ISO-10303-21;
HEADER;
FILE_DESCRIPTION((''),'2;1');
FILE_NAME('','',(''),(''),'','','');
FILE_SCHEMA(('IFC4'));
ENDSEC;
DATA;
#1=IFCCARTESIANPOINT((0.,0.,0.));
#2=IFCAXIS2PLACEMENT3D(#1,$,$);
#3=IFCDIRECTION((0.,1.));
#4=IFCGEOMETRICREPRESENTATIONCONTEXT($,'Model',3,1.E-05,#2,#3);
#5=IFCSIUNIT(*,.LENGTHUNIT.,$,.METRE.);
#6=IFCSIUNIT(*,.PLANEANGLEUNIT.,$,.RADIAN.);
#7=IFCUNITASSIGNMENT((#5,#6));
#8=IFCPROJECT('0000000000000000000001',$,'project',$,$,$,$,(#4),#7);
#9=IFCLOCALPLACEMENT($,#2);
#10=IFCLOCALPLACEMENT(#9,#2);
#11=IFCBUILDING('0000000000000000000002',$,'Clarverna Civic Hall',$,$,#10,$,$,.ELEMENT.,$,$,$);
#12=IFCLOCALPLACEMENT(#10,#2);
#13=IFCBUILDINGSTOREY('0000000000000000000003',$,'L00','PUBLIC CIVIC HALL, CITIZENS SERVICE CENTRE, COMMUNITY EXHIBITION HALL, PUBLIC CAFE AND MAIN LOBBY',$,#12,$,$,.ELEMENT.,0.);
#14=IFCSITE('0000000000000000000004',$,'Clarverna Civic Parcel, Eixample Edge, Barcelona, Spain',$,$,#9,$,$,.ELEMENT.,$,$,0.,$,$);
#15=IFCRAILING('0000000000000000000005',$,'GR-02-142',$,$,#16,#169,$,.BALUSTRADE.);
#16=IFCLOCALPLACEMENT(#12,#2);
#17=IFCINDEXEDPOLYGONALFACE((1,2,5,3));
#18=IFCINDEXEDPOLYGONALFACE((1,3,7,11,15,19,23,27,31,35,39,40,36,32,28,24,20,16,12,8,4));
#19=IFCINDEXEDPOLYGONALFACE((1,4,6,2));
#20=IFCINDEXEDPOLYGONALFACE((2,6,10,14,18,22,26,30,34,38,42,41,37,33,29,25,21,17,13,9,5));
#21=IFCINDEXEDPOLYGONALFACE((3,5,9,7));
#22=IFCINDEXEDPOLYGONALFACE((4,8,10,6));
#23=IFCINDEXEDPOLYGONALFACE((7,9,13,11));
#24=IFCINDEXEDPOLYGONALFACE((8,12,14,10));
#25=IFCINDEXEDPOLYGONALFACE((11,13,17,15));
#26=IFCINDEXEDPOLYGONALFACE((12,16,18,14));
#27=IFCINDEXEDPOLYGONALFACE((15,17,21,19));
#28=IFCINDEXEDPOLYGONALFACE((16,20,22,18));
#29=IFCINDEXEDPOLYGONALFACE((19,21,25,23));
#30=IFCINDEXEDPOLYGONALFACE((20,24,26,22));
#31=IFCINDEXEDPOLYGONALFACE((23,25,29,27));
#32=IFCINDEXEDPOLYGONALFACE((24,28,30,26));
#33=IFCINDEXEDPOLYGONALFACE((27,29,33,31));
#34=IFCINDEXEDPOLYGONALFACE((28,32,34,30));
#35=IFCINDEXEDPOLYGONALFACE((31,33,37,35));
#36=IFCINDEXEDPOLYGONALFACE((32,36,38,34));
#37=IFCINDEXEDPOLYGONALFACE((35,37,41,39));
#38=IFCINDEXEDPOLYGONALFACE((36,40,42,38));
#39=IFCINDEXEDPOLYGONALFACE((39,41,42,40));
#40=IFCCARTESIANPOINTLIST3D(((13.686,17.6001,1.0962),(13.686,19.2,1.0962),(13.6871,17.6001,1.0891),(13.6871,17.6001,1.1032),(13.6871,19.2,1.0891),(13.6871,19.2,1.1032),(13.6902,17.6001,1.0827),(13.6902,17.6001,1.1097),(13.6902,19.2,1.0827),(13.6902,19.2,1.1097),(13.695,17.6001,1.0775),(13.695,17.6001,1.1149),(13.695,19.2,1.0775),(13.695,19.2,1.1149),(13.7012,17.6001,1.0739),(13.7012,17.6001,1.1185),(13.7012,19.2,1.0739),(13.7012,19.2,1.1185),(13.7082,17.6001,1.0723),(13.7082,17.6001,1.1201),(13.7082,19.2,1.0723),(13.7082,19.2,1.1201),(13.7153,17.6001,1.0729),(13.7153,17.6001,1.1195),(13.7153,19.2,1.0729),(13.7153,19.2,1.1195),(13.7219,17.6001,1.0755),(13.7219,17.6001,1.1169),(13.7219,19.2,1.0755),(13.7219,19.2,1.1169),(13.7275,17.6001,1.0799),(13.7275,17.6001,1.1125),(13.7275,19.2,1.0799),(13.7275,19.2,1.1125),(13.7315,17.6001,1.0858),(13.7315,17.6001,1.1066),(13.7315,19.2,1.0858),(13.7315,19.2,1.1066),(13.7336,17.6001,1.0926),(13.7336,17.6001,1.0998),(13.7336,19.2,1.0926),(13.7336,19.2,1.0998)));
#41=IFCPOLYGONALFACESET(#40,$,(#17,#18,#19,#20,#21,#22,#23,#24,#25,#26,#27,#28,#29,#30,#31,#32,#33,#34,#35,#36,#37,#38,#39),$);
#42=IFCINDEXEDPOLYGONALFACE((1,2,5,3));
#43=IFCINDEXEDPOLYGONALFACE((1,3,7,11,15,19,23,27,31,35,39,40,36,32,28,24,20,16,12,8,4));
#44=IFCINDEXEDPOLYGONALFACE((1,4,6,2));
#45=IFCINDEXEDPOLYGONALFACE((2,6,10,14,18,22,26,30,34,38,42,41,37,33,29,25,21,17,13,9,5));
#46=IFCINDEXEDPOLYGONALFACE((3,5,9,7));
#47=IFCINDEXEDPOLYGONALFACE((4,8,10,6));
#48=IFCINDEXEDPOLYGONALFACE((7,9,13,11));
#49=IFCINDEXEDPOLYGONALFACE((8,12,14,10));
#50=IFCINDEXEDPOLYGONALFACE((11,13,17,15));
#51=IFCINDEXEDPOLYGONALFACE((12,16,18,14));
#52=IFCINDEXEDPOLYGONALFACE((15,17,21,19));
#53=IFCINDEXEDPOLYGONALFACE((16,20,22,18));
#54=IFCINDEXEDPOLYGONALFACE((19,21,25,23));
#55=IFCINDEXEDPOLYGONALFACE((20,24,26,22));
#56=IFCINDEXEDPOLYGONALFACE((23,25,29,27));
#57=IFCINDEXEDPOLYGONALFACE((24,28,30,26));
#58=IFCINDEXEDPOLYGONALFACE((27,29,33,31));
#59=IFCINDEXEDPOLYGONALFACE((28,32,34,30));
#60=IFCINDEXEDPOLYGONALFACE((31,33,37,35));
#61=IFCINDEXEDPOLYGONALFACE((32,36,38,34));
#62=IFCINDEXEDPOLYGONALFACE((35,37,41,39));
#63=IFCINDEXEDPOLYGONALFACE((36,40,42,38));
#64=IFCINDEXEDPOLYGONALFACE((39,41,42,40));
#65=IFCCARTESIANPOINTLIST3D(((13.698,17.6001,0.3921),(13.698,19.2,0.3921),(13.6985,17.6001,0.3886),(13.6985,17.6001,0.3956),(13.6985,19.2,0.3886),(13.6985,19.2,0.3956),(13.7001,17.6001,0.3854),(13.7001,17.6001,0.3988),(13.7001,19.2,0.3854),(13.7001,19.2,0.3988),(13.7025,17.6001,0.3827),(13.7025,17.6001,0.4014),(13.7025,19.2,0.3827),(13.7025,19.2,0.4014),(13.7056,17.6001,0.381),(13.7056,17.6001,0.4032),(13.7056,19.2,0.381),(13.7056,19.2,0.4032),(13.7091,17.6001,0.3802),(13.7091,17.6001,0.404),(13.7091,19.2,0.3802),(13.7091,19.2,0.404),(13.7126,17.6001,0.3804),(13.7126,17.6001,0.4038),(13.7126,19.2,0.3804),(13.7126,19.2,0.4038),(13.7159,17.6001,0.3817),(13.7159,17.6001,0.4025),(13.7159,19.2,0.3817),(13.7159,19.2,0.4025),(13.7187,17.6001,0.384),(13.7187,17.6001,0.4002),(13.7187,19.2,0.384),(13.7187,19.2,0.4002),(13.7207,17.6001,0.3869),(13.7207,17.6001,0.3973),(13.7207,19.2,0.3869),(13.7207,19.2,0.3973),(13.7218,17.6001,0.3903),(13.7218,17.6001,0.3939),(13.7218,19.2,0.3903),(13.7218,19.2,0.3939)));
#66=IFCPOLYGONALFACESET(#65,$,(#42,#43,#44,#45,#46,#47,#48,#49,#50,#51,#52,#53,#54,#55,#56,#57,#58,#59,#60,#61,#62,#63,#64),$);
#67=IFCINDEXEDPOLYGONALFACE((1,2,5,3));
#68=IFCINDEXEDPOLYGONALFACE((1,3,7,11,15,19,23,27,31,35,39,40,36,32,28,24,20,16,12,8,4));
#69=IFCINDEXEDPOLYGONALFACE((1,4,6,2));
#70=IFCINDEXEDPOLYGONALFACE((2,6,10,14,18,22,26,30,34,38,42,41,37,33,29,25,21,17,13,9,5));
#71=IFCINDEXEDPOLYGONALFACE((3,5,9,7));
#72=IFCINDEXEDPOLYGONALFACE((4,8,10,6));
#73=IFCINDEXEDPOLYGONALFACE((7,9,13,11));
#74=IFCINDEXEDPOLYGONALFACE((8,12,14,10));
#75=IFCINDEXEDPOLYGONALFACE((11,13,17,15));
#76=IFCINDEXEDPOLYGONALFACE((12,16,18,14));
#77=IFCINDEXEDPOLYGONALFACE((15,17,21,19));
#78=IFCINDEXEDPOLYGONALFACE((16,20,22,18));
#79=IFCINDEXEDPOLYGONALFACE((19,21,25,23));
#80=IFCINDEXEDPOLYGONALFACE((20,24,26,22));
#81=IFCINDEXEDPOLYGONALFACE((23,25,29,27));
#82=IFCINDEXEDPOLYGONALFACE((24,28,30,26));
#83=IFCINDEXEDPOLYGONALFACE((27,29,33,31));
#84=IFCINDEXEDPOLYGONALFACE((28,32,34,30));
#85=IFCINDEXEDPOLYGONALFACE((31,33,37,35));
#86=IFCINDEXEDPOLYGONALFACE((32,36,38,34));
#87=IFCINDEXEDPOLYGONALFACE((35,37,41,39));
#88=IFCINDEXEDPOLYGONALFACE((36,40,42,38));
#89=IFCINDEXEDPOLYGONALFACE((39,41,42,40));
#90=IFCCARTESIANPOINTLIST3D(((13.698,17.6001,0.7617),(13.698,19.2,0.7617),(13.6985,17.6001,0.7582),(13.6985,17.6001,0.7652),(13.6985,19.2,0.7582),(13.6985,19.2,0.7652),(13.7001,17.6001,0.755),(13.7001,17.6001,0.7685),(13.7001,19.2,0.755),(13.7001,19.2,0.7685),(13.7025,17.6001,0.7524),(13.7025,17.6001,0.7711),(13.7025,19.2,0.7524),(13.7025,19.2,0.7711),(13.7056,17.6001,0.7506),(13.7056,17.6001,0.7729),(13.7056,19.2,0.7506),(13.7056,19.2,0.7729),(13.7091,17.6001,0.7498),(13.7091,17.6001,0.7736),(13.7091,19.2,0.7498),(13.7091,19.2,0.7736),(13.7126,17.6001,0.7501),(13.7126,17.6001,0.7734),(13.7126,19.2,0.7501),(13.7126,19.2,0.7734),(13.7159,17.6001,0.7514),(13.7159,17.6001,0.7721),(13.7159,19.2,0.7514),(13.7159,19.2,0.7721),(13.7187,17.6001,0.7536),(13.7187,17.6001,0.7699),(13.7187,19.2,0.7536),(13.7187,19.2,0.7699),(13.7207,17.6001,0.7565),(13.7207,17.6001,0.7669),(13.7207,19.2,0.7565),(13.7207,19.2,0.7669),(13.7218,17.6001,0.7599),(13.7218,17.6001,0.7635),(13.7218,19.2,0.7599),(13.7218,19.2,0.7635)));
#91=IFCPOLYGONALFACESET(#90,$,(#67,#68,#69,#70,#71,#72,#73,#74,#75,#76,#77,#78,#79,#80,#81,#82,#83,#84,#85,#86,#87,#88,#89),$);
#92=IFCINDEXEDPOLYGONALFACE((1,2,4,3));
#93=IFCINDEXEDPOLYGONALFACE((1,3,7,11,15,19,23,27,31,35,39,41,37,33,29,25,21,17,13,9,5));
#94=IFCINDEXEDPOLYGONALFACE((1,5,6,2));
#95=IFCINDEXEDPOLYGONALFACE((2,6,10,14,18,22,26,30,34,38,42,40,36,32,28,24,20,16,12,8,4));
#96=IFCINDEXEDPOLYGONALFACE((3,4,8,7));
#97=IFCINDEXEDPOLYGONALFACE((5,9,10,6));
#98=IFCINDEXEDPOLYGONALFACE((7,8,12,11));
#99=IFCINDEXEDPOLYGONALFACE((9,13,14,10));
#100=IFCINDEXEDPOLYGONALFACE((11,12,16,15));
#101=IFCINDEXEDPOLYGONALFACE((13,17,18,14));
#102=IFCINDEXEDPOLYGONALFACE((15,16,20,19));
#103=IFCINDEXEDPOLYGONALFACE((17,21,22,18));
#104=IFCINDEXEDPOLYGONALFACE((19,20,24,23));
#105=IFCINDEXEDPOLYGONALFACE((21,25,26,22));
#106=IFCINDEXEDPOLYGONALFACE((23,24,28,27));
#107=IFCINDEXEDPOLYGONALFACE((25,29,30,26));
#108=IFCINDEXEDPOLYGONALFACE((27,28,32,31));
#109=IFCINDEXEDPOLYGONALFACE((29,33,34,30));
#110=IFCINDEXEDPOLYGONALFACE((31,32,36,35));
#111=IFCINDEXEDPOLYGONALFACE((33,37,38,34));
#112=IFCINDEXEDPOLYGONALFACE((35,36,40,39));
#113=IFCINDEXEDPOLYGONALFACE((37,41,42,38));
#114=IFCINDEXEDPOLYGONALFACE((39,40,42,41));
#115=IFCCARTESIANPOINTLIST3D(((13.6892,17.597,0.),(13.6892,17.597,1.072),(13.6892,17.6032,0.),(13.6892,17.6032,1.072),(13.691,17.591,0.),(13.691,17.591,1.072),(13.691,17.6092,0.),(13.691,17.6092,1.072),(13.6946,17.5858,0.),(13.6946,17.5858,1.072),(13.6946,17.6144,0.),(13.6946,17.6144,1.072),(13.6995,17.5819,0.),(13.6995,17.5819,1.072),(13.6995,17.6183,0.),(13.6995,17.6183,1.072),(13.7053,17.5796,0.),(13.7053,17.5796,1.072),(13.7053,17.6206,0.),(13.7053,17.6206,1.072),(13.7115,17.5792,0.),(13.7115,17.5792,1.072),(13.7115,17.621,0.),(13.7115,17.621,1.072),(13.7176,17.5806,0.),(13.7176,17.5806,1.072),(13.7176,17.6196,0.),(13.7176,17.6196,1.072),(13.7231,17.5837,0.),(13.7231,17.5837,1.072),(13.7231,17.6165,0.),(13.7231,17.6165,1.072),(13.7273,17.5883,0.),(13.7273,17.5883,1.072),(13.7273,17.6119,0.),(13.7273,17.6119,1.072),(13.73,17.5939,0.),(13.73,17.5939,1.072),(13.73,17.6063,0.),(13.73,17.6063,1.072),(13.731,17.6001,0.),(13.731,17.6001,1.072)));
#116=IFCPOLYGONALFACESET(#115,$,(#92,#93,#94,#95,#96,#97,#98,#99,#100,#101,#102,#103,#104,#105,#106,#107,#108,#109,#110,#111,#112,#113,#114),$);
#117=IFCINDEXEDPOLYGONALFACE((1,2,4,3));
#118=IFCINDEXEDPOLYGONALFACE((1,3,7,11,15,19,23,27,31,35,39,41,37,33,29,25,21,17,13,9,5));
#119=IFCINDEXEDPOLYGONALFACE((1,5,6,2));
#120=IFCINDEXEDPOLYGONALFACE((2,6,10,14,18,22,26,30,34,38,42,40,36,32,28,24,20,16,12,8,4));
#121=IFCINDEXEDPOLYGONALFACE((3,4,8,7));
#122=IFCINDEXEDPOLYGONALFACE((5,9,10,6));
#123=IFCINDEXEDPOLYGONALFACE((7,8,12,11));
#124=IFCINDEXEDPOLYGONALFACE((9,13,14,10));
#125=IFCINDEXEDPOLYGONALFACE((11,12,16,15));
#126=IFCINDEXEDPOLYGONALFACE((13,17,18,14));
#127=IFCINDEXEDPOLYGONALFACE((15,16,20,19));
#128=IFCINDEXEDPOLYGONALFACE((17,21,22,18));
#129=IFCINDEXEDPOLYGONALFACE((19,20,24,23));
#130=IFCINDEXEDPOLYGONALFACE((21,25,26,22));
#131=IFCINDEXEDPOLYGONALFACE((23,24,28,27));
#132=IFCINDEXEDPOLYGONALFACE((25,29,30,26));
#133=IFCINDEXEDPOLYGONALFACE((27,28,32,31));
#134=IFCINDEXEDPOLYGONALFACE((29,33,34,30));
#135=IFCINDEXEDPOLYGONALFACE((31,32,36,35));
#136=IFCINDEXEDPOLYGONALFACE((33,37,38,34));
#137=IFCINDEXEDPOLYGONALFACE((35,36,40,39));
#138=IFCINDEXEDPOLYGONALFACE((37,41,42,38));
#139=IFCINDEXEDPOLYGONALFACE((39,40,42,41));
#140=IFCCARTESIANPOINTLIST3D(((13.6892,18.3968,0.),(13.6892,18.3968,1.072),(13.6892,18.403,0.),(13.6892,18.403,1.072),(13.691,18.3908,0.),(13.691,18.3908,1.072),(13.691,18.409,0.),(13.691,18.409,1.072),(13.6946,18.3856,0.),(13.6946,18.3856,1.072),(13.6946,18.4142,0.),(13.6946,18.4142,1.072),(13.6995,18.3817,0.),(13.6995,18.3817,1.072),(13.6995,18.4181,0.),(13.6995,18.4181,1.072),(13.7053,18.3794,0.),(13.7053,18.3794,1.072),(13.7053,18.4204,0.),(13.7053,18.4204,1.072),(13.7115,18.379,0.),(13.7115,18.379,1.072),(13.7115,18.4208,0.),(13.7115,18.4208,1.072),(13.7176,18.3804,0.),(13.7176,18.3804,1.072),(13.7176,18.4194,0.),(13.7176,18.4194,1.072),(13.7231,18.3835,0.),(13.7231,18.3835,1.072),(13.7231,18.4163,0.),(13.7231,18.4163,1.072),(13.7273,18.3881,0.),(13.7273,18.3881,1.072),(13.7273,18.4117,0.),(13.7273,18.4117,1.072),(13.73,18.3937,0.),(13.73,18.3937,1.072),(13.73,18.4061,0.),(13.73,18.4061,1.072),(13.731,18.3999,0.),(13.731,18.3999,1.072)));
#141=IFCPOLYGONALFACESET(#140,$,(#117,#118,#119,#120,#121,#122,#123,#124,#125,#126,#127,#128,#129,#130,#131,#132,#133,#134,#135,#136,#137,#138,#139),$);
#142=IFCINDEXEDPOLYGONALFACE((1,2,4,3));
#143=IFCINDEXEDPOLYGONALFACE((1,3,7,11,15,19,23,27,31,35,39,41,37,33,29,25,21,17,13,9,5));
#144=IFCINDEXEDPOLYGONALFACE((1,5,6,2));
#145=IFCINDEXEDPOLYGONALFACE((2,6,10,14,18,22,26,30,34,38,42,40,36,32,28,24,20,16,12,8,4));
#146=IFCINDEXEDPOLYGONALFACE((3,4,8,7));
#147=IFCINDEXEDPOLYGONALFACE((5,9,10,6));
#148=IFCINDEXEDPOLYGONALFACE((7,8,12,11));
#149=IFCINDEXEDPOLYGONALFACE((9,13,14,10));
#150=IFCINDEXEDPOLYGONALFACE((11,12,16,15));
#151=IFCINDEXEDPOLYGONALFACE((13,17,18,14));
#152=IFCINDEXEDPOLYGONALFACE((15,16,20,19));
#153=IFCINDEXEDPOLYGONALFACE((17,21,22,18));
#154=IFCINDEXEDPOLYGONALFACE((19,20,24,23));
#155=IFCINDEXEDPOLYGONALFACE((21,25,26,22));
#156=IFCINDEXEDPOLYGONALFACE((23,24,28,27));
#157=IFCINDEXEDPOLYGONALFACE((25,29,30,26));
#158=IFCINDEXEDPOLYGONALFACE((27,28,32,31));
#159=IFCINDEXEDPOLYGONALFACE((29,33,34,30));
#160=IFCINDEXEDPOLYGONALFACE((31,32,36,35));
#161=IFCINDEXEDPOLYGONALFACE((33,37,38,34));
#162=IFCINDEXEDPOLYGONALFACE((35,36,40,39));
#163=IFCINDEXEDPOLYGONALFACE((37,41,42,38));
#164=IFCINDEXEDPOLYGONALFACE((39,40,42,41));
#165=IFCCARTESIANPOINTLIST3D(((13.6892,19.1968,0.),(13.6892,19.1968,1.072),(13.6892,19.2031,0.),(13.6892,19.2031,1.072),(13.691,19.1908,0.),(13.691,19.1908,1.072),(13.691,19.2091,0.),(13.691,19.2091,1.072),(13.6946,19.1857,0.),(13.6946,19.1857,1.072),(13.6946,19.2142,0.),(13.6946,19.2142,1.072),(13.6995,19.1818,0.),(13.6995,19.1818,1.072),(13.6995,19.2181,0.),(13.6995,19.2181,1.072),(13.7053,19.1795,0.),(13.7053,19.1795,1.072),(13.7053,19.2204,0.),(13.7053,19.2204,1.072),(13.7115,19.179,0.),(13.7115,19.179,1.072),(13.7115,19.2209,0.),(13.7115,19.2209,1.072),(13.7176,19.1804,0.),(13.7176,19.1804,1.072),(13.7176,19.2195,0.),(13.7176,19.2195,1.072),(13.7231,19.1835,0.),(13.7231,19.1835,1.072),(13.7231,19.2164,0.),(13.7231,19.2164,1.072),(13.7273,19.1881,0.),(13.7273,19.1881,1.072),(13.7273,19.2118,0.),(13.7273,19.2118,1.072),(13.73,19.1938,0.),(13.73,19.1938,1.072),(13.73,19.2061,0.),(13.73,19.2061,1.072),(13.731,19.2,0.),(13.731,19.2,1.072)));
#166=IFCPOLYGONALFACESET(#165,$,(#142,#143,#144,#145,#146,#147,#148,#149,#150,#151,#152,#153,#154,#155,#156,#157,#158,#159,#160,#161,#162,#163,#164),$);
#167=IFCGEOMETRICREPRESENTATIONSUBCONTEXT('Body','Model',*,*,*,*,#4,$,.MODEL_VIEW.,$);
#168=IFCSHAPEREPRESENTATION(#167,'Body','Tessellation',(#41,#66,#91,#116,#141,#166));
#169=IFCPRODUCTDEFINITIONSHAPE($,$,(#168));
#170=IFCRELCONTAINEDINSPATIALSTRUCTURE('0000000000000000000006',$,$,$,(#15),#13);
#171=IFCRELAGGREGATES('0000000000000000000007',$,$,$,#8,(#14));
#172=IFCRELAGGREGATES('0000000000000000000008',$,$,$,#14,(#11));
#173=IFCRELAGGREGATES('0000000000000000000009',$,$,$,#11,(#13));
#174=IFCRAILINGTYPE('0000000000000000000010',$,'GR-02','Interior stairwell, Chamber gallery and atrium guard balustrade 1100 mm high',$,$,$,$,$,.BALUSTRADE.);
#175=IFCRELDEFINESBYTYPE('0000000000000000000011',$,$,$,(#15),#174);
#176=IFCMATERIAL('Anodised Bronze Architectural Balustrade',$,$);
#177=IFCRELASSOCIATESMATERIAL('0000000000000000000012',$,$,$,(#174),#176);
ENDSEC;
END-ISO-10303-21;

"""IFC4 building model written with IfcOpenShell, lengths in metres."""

from ifc_helpers import new_model, si_unit, direction, frame, origin, origin_2d, place, context, subcontext, project, spatial, circle, extrude, material, type_object, element, save


model = new_model("IFC4")

# Units and contexts
model_context = context("Model", 3, precision=1e-05, world=origin(), true_north=direction((0.0, 1.0)))
body_context = subcontext(model_context, "Body", "Model", "MODEL_VIEW")
ifc_project = project(units=[si_unit("LENGTHUNIT", "METRE"), si_unit("PLANEANGLEUNIT", "RADIAN")], contexts=[model_context])

# Site, building, storey
site_placement = place(None, origin())
site = spatial("IfcSite", under=ifc_project, at=site_placement, Name="Clarverna Civic Parcel, Eixample Edge, Barcelona, Spain", CompositionType="ELEMENT", RefElevation=0.0)
building_placement = place(site_placement, origin())
building = spatial("IfcBuilding", under=site, at=building_placement, Name="Clarverna Civic Hall", CompositionType="ELEMENT")
storey_placement = place(building_placement, origin())
storey = spatial("IfcBuildingStorey", under=building, at=storey_placement, Name="L00", Description="PUBLIC CIVIC HALL, CITIZENS SERVICE CENTRE, COMMUNITY EXHIBITION HALL, PUBLIC CAFE AND MAIN LOBBY", CompositionType="ELEMENT", Elevation=0.0)

# Railing
ifc_material_1 = material(Name="Anodised Bronze Architectural Balustrade")
railing_type_1 = type_object("IfcRailingType", Name="GR-02", Description="Interior stairwell, Chamber gallery and atrium guard balustrade 1100 mm high", PredefinedType="BALUSTRADE", material=ifc_material_1)
railing_1_placement = place(storey_placement, frame((13.71, 17.6001, 0.0)))
element("IfcRailing", 1, at=railing_1_placement, inside=storey, type_object=railing_type_1, Name="GR-02-142", PredefinedType="BALUSTRADE", context=body_context, shape_type="SweptSolid", body=[
    extrude(circle(Radius=0.0239, at=origin_2d()), frame((0.0, 0.0, 1.0962), z_axis=(0.0, 1.0, 0.0), x_axis=(-1.0, 0.0, 0.0)), (0.0, 0.0, 1.0), 1.5999),
    extrude(circle(Radius=0.012, at=origin_2d()), frame((0.0, 0.0, 0.3921), z_axis=(0.0, 1.0, 0.0), x_axis=(-1.0, 0.0, 0.0)), (0.0, 0.0, 1.0), 1.5999),
    extrude(circle(Radius=0.012, at=origin_2d()), frame((0.0, 0.0, 0.7617), z_axis=(0.0, 1.0, 0.0), x_axis=(-1.0, 0.0, 0.0)), (0.0, 0.0, 1.0), 1.5999),
    extrude(circle(Radius=0.021, at=origin_2d()), origin(), (0.0, 0.0, 1.0), 1.072),
    extrude(circle(Radius=0.021, at=origin_2d()), frame((0.0, 0.7998, 0.0)), (0.0, 0.0, 1.0), 1.072),
    extrude(circle(Radius=0.021, at=origin_2d()), frame((0.0, 1.5999, 0.0)), (0.0, 0.0, 1.0), 1.072),
])

save(model, "model.ifc")
